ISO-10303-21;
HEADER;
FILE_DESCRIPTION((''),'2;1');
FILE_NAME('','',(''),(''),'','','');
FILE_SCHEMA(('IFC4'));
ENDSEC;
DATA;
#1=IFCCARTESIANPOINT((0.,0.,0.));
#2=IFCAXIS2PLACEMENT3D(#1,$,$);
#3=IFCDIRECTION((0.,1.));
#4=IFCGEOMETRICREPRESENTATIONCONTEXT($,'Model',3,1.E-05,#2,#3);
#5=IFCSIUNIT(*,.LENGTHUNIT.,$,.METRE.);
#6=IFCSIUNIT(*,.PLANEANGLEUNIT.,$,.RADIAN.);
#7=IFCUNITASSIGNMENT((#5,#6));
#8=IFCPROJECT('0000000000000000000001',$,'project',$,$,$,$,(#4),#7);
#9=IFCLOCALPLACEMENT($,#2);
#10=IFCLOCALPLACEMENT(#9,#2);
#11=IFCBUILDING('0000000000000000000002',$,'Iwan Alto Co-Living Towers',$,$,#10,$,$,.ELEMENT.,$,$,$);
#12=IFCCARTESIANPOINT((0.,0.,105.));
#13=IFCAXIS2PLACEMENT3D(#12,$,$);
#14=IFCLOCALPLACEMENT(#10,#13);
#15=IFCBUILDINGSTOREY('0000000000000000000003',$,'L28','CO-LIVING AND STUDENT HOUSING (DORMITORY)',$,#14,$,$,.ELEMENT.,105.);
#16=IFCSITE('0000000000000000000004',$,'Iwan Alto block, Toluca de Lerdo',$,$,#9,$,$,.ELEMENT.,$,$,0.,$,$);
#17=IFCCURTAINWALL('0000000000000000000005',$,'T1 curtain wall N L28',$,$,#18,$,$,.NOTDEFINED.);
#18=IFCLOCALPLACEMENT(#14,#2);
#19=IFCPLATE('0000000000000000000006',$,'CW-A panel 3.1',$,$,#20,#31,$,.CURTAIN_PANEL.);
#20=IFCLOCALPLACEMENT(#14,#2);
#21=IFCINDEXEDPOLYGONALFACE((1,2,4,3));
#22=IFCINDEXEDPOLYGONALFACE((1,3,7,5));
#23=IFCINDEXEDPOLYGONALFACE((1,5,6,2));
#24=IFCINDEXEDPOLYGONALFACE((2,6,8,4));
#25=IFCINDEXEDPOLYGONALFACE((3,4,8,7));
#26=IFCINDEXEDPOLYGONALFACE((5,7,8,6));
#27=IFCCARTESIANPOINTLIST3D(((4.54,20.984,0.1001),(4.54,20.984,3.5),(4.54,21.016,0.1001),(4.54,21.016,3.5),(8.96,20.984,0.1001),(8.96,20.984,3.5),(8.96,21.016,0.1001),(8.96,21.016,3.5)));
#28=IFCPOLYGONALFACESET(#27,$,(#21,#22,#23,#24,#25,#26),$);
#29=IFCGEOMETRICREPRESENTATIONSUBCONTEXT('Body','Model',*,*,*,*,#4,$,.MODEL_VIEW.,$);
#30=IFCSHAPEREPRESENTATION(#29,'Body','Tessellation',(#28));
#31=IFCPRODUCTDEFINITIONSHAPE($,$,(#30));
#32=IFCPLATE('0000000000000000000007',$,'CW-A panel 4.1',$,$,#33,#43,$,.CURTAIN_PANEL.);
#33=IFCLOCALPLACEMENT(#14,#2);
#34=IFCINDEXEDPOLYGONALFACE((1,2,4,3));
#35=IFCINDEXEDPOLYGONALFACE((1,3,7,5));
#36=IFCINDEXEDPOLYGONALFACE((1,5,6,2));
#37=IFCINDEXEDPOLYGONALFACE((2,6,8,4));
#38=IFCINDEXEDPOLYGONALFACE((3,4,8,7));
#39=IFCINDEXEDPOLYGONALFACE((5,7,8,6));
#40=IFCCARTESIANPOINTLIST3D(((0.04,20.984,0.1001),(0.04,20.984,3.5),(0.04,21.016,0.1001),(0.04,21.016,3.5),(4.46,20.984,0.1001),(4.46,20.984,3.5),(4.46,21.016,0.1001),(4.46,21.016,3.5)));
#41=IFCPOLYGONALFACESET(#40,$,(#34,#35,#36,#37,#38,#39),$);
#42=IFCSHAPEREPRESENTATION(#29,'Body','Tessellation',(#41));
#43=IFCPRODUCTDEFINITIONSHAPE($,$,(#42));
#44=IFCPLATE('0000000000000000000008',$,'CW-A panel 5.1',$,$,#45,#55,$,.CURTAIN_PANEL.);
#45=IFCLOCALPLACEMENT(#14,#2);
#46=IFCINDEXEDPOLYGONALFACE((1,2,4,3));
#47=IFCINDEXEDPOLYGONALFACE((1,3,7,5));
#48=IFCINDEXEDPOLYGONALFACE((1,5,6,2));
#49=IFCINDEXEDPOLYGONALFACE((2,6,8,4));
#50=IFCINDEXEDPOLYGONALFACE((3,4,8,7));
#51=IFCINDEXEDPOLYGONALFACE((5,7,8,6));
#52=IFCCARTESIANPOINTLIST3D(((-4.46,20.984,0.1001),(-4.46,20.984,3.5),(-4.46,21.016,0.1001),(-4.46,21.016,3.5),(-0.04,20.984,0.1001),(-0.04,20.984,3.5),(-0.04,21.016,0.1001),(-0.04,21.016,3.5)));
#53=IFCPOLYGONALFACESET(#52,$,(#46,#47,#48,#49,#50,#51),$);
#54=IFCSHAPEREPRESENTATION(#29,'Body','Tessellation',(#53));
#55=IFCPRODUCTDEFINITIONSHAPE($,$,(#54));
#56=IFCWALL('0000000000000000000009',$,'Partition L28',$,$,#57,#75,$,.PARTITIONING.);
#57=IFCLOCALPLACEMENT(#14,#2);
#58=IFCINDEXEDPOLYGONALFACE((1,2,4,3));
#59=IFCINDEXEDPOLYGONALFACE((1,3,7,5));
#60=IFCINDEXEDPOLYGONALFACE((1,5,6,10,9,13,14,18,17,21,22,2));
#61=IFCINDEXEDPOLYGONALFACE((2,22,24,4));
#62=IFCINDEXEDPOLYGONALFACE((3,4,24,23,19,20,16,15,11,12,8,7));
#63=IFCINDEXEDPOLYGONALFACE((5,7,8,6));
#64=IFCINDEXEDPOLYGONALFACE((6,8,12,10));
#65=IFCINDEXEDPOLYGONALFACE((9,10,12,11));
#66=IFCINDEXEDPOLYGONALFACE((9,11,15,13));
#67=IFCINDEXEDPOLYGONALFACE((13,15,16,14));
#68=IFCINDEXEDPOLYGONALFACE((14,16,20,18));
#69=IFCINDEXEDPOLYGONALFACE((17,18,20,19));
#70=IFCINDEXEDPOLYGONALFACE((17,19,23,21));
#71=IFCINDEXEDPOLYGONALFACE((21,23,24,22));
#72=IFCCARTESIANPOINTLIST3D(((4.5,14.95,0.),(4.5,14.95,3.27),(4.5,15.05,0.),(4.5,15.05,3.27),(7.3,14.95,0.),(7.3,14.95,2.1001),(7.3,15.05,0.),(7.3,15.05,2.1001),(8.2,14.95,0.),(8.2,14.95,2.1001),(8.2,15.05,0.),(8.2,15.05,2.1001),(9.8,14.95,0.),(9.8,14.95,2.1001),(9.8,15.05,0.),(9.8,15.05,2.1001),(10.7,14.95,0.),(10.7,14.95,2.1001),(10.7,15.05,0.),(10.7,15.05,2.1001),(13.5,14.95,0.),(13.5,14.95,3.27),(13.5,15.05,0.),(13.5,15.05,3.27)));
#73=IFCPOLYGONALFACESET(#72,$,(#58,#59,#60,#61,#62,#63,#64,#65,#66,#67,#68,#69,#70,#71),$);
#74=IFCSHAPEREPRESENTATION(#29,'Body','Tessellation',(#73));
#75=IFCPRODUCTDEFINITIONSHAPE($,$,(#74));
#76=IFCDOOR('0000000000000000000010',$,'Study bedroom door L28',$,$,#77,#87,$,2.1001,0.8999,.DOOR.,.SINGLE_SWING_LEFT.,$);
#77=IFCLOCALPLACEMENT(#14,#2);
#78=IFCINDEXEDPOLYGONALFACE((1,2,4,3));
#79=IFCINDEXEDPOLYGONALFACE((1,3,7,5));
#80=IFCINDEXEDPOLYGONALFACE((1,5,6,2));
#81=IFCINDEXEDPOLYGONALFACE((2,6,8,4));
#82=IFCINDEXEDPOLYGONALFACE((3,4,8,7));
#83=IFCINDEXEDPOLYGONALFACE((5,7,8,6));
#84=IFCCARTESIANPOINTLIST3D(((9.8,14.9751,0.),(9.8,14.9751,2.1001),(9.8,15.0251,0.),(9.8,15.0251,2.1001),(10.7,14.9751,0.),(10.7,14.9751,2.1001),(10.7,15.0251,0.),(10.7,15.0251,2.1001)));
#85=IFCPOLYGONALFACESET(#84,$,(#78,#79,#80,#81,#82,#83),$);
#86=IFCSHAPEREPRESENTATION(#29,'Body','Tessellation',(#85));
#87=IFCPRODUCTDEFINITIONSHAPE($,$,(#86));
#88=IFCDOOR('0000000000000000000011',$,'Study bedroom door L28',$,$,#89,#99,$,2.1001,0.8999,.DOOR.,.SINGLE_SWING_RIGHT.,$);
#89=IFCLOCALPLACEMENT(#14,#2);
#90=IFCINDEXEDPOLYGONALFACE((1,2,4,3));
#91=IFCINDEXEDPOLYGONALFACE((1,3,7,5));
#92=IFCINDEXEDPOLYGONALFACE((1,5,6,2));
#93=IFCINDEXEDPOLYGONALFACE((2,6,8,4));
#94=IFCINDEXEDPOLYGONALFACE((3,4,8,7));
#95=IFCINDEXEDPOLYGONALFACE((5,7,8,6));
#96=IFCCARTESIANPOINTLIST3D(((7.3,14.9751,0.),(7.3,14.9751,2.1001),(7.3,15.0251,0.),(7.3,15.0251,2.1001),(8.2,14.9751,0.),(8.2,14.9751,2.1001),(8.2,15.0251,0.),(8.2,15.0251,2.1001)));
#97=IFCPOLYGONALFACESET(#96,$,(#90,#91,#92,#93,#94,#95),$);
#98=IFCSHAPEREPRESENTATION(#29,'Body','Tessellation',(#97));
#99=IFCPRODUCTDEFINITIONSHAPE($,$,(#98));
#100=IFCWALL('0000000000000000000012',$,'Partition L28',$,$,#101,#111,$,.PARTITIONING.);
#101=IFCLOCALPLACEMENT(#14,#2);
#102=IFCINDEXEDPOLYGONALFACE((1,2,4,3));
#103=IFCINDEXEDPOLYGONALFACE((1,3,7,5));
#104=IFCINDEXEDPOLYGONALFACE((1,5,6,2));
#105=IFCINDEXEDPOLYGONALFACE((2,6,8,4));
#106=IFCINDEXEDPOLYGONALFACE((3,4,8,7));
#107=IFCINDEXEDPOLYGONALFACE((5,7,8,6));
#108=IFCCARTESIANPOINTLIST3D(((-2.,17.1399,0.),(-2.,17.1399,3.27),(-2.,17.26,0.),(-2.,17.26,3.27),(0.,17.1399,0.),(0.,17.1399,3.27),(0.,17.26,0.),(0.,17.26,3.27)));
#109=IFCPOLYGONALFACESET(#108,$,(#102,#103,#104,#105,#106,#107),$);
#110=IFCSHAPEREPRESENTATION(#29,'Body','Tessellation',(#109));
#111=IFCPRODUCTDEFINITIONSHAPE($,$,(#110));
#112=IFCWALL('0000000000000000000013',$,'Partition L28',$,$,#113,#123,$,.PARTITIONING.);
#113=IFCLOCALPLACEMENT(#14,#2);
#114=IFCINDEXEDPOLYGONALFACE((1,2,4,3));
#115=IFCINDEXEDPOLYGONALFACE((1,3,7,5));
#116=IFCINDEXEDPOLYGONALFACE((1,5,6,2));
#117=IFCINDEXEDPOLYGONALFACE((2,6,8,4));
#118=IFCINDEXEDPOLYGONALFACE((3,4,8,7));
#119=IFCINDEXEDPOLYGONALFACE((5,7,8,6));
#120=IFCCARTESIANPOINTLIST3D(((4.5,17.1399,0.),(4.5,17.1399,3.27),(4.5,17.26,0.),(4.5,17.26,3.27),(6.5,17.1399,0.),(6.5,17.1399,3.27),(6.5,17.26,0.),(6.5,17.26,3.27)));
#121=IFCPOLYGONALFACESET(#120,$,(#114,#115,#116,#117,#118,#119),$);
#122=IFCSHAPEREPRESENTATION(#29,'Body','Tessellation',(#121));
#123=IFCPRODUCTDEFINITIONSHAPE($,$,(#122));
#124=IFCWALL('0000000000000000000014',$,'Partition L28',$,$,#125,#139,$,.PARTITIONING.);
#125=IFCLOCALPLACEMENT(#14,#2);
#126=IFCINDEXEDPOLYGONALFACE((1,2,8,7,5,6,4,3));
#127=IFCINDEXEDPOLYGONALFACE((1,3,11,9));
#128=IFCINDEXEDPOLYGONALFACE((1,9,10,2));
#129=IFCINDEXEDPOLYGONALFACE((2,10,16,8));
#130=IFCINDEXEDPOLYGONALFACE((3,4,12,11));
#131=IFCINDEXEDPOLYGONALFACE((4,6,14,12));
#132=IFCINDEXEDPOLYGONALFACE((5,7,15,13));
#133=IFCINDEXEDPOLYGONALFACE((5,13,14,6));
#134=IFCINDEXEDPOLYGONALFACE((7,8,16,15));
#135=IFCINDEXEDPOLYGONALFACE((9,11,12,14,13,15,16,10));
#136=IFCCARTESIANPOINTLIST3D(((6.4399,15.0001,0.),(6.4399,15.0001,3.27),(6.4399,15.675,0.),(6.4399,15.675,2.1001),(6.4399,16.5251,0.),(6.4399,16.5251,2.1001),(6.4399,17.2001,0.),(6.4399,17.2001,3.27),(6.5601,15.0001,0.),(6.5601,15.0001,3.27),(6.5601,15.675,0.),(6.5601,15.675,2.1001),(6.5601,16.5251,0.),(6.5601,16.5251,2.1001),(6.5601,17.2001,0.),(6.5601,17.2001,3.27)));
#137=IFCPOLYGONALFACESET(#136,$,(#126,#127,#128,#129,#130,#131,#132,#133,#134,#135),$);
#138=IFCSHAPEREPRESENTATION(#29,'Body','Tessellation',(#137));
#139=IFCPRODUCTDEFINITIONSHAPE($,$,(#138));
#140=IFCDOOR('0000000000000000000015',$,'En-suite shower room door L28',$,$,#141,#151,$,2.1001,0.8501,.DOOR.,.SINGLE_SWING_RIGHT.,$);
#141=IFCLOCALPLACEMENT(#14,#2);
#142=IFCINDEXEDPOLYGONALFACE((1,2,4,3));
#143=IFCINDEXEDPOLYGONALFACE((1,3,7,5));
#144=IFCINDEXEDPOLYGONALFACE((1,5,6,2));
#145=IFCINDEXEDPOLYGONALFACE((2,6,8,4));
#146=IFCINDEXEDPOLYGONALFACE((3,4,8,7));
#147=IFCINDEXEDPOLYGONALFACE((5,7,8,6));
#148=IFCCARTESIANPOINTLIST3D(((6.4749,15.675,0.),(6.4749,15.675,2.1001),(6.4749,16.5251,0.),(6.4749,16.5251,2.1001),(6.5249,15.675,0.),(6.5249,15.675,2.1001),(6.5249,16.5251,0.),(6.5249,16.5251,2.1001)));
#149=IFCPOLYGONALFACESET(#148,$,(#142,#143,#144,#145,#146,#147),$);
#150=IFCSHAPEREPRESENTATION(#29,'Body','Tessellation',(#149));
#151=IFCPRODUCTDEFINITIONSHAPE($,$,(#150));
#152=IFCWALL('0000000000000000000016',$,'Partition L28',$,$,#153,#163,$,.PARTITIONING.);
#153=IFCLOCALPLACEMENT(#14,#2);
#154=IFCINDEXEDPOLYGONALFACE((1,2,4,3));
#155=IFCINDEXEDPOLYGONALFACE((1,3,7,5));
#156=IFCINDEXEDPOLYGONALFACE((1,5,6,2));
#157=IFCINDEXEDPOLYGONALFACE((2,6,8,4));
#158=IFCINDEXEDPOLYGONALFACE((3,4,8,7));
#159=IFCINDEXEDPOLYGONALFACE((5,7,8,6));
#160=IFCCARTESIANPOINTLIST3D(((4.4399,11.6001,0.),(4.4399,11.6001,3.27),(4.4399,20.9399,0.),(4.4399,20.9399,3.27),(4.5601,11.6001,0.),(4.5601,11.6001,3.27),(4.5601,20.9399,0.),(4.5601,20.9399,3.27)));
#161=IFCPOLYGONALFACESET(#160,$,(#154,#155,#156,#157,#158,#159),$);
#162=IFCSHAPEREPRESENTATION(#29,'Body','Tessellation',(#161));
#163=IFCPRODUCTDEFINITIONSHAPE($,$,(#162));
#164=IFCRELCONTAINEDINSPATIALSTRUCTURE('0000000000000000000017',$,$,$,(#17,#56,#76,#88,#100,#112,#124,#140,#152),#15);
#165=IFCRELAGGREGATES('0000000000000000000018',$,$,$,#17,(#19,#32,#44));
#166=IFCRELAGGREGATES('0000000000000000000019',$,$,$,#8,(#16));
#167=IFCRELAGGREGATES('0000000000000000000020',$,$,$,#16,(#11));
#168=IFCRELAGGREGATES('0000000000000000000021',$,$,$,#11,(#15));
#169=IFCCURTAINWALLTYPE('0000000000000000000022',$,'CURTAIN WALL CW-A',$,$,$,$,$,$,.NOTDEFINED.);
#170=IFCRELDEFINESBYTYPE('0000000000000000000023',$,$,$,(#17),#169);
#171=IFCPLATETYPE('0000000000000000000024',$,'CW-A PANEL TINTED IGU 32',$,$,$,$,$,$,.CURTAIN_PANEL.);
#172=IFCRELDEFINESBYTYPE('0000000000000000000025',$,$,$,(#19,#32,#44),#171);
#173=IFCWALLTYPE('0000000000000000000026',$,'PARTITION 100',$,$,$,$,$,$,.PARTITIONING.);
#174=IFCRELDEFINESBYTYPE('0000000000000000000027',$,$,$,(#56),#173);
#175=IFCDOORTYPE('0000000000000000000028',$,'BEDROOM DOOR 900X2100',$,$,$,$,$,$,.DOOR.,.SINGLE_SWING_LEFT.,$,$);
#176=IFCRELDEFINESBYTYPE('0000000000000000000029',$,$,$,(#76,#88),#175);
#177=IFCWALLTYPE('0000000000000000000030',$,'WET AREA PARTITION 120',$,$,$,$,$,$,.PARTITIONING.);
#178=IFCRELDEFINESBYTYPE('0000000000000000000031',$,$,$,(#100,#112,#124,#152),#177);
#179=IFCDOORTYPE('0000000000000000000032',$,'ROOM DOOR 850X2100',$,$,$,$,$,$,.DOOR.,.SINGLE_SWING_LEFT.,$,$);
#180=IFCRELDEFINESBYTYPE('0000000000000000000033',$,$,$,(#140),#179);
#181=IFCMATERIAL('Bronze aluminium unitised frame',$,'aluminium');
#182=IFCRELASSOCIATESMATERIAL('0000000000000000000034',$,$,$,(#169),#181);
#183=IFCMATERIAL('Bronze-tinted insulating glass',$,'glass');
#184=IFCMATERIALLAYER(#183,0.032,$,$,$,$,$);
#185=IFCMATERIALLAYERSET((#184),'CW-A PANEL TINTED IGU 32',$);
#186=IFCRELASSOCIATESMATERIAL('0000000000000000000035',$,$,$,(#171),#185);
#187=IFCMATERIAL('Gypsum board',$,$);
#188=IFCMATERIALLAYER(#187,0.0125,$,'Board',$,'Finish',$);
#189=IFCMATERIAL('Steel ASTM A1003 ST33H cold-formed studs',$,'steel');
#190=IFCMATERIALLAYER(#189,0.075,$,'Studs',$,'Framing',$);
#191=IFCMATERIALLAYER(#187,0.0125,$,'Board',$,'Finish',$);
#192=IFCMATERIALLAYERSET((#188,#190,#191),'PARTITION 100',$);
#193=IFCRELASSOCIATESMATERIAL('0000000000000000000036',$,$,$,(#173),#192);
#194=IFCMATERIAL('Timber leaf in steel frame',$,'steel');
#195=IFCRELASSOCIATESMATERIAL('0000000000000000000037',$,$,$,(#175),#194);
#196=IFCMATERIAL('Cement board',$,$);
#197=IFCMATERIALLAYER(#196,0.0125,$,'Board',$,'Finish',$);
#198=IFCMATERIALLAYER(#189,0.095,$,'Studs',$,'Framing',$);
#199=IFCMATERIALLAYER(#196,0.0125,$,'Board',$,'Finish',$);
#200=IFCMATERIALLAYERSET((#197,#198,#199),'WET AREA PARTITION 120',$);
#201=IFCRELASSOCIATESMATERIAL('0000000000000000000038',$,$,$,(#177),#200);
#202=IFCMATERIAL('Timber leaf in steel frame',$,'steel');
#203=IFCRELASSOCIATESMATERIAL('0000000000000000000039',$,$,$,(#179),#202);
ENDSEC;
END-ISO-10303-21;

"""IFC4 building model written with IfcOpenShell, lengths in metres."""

from ifc_helpers import new_model, si_unit, direction, frame, frame_2d, origin, origin_2d, place, context, subcontext, project, spatial, rectangle, extrude, material, layer, layer_set, type_object, element, fill, aggregate, save


model = new_model("IFC4")

# Units and contexts
model_context = context("Model", 3, precision=1e-05, world=origin(), true_north=direction((0.0, 1.0)))
body_context = subcontext(model_context, "Body", "Model", "MODEL_VIEW")
ifc_project = project(units=[si_unit("LENGTHUNIT", "METRE"), si_unit("PLANEANGLEUNIT", "RADIAN")], contexts=[model_context])

# Site, building, storey
site_placement = place(None, origin())
site = spatial("IfcSite", under=ifc_project, at=site_placement, Name="Iwan Alto block, Toluca de Lerdo", CompositionType="ELEMENT", RefElevation=0.0)
building_placement = place(site_placement, origin())
building = spatial("IfcBuilding", under=site, at=building_placement, Name="Iwan Alto Co-Living Towers", CompositionType="ELEMENT")
storey_placement = place(building_placement, frame((0.0, 0.0, 105.0)))
storey = spatial("IfcBuildingStorey", under=building, at=storey_placement, Name="L28", Description="CO-LIVING AND STUDENT HOUSING (DORMITORY)", CompositionType="ELEMENT", Elevation=105.0)

# Curtain wall
ifc_material_1 = material(Name="Bronze aluminium unitised frame", Category="aluminium")
curtain_wall_type = type_object("IfcCurtainWallType", Name="CURTAIN WALL CW-A", PredefinedType="NOTDEFINED", material=ifc_material_1)
curtain_wall_placement = place(storey_placement, origin())
curtain_wall = element("IfcCurtainWall", 1, at=curtain_wall_placement, inside=storey, type_object=curtain_wall_type, Name="T1 curtain wall N L28", PredefinedType="NOTDEFINED")

# Plates
ifc_material_2 = material(Name="Bronze-tinted insulating glass", Category="glass")
ifc_layer_1 = layer(ifc_material_2, 0.032)
ifc_layer_set_1 = layer_set([ifc_layer_1], Name="CW-A PANEL TINTED IGU 32")
plate_type = type_object("IfcPlateType", Name="CW-A PANEL TINTED IGU 32", PredefinedType="CURTAIN_PANEL", material=ifc_layer_set_1)
plate_1_placement = place(storey_placement, frame((6.75, 21.0, 0.1001), z_axis=(0.0, 0.0, 1.0), x_axis=(-1.0, 0.0, 0.0)))
plate_1 = element("IfcPlate", 2, at=plate_1_placement, type_object=plate_type, Name="CW-A panel 3.1", PredefinedType="CURTAIN_PANEL", context=body_context, shape_type="SweptSolid", body=[
    extrude(rectangle(XDim=4.4199, YDim=0.032, at=origin_2d()), origin(), (0.0, 0.0, 1.0), 3.3999),
])
plate_2_placement = place(storey_placement, frame((2.25, 21.0, 0.1001), z_axis=(0.0, 0.0, 1.0), x_axis=(-1.0, 0.0, 0.0)))
plate_2 = element("IfcPlate", 3, at=plate_2_placement, type_object=plate_type, Name="CW-A panel 4.1", PredefinedType="CURTAIN_PANEL", context=body_context, shape_type="SweptSolid", body=[
    extrude(rectangle(XDim=4.4199, YDim=0.032, at=origin_2d()), origin(), (0.0, 0.0, 1.0), 3.3999),
])
plate_3_placement = place(storey_placement, frame((-2.25, 21.0, 0.1001), z_axis=(0.0, 0.0, 1.0), x_axis=(-1.0, 0.0, 0.0)))
plate_3 = element("IfcPlate", 4, at=plate_3_placement, type_object=plate_type, Name="CW-A panel 5.1", PredefinedType="CURTAIN_PANEL", context=body_context, shape_type="SweptSolid", body=[
    extrude(rectangle(XDim=4.4199, YDim=0.032, at=origin_2d()), origin(), (0.0, 0.0, 1.0), 3.3999),
])
aggregate(curtain_wall, [plate_1, plate_2, plate_3])

# Wall, openings, doors
ifc_material_3 = material(Name="Gypsum board")
ifc_layer_2 = layer(ifc_material_3, 0.0125, Name="Board", Category="Finish")
ifc_material_4 = material(Name="Steel ASTM A1003 ST33H cold-formed studs", Category="steel")
ifc_layer_3 = layer(ifc_material_4, 0.075, Name="Studs", Category="Framing")
ifc_layer_4 = layer(ifc_material_3, 0.0125, Name="Board", Category="Finish")
ifc_layer_set_2 = layer_set([ifc_layer_2, ifc_layer_3, ifc_layer_4], Name="PARTITION 100")
wall_type_1 = type_object("IfcWallType", Name="PARTITION 100", PredefinedType="PARTITIONING", material=ifc_layer_set_2)
wall_1_placement = place(storey_placement, frame((4.5, 15.0, 0.0), z_axis=(0.0, 0.0, 1.0), x_axis=(1.0, 0.0, 0.0)))
wall_1 = element("IfcWall", 5, at=wall_1_placement, inside=storey, type_object=wall_type_1, Name="Partition L28", PredefinedType="PARTITIONING", context=body_context, shape_type="SweptSolid", body=[
    extrude(rectangle(XDim=9.0, YDim=0.1001, at=frame_2d((4.5, 0.0))), origin(), (0.0, 0.0, 1.0), 3.27),
])
opening_1_placement = place(wall_1_placement, frame((5.3, 0.0, 0.0)))
opening_1 = element("IfcOpeningElement", 6, at=opening_1_placement, cuts=wall_1, PredefinedType="OPENING", context=body_context, shape_type="SweptSolid", body=[
    extrude(rectangle(XDim=0.8999, YDim=2.1001, at=frame_2d((0.45, 1.05))), frame((0.0, 0.0601, 0.0), z_axis=(0.0, -1.0, 0.0), x_axis=(1.0, 0.0, 0.0)), (0.0, 0.0, 1.0), 0.1201),
])
opening_2_placement = place(wall_1_placement, frame((2.8, 0.0, 0.0)))
opening_2 = element("IfcOpeningElement", 7, at=opening_2_placement, cuts=wall_1, PredefinedType="OPENING", context=body_context, shape_type="SweptSolid", body=[
    extrude(rectangle(XDim=0.8999, YDim=2.1001, at=frame_2d((0.45, 1.05))), frame((0.0, 0.0601, 0.0), z_axis=(0.0, -1.0, 0.0), x_axis=(1.0, 0.0, 0.0)), (0.0, 0.0, 1.0), 0.1201),
])
ifc_material_5 = material(Name="Timber leaf in steel frame", Category="steel")
door_type_1 = type_object("IfcDoorType", Name="BEDROOM DOOR 900X2100", OperationType="SINGLE_SWING_LEFT", PredefinedType="DOOR", material=ifc_material_5)
door_1_placement = place(opening_1_placement, frame((0.8999, 0.0, 0.0), z_axis=(0.0, 0.0, 1.0), x_axis=(-1.0, 0.0, 0.0)))
door_1 = element("IfcDoor", 8, at=door_1_placement, inside=storey, type_object=door_type_1, Name="Study bedroom door L28", OperationType="SINGLE_SWING_LEFT", OverallHeight=2.1001, OverallWidth=0.8999, PredefinedType="DOOR", context=body_context, shape_type="SweptSolid", body=[
    extrude(rectangle(XDim=0.8999, YDim=2.1001, at=frame_2d((0.45, 1.05))), frame((0.0, 0.0249, 0.0), z_axis=(0.0, -1.0, 0.0), x_axis=(1.0, 0.0, 0.0)), (0.0, 0.0, 1.0), 0.05),
])
fill(opening_1, door_1)
door_2_placement = place(opening_2_placement, frame((0.8999, 0.0, 0.0), z_axis=(0.0, 0.0, 1.0), x_axis=(-1.0, 0.0, 0.0)))
door_2 = element("IfcDoor", 9, at=door_2_placement, inside=storey, type_object=door_type_1, Name="Study bedroom door L28", OperationType="SINGLE_SWING_RIGHT", OverallHeight=2.1001, OverallWidth=0.8999, PredefinedType="DOOR", context=body_context, shape_type="SweptSolid", body=[
    extrude(rectangle(XDim=0.8999, YDim=2.1001, at=frame_2d((0.45, 1.05))), frame((0.0, 0.0249, 0.0), z_axis=(0.0, -1.0, 0.0), x_axis=(1.0, 0.0, 0.0)), (0.0, 0.0, 1.0), 0.05),
])
fill(opening_2, door_2)

# Walls
ifc_material_6 = material(Name="Cement board")
ifc_layer_5 = layer(ifc_material_6, 0.0125, Name="Board", Category="Finish")
ifc_layer_6 = layer(ifc_material_4, 0.095, Name="Studs", Category="Framing")
ifc_layer_7 = layer(ifc_material_6, 0.0125, Name="Board", Category="Finish")
ifc_layer_set_3 = layer_set([ifc_layer_5, ifc_layer_6, ifc_layer_7], Name="WET AREA PARTITION 120")
wall_type_2 = type_object("IfcWallType", Name="WET AREA PARTITION 120", PredefinedType="PARTITIONING", material=ifc_layer_set_3)
for number, where, z_axis, x_axis, name in (
    (10, (-2.0, 17.2, 0.0), (0.0, 0.0, 1.0), (1.0, 0.0, 0.0), "Partition L28"),
    (11, (4.5, 17.2, 0.0), (0.0, 0.0, 1.0), (1.0, 0.0, 0.0), "Partition L28"),
):
    element("IfcWall", number, at=place(storey_placement, frame(where, z_axis=z_axis, x_axis=x_axis)), inside=storey, type_object=wall_type_2, Name=name, PredefinedType="PARTITIONING", context=body_context, shape_type="SweptSolid", body=[
        extrude(rectangle(XDim=2.0, YDim=0.1201, at=frame_2d((1.0, 0.0))), origin(), (0.0, 0.0, 1.0), 3.27),
    ])

# Wall, opening, door
wall_2_placement = place(storey_placement, frame((6.5, 15.0, 0.0), z_axis=(0.0, 0.0, 1.0), x_axis=(0.0, 1.0, 0.0)))
wall_2 = element("IfcWall", 12, at=wall_2_placement, inside=storey, type_object=wall_type_2, Name="Partition L28", PredefinedType="PARTITIONING", context=body_context, shape_type="SweptSolid", body=[
    extrude(rectangle(XDim=2.2, YDim=0.1201, at=frame_2d((1.1001, 0.0))), origin(), (0.0, 0.0, 1.0), 3.27),
])
opening_3_placement = place(wall_2_placement, frame((0.675, 0.0, 0.0)))
opening_3 = element("IfcOpeningElement", 13, at=opening_3_placement, cuts=wall_2, PredefinedType="OPENING", context=body_context, shape_type="SweptSolid", body=[
    extrude(rectangle(XDim=0.8501, YDim=2.1001, at=frame_2d((0.425, 1.05))), frame((0.0, 0.0701, 0.0), z_axis=(0.0, -1.0, 0.0), x_axis=(1.0, 0.0, 0.0)), (0.0, 0.0, 1.0), 0.1401),
])
ifc_material_7 = material(Name="Timber leaf in steel frame", Category="steel")
door_type_2 = type_object("IfcDoorType", Name="ROOM DOOR 850X2100", OperationType="SINGLE_SWING_LEFT", PredefinedType="DOOR", material=ifc_material_7)
door_3_placement = place(opening_3_placement, frame((0.8501, 0.0, 0.0), z_axis=(0.0, 0.0, 1.0), x_axis=(-1.0, 0.0, 0.0)))
door_3 = element("IfcDoor", 14, at=door_3_placement, inside=storey, type_object=door_type_2, Name="En-suite shower room door L28", OperationType="SINGLE_SWING_RIGHT", OverallHeight=2.1001, OverallWidth=0.8501, PredefinedType="DOOR", context=body_context, shape_type="SweptSolid", body=[
    extrude(rectangle(XDim=0.8501, YDim=2.1001, at=frame_2d((0.425, 1.05))), frame((0.0, 0.0249, 0.0), z_axis=(0.0, -1.0, 0.0), x_axis=(1.0, 0.0, 0.0)), (0.0, 0.0, 1.0), 0.05),
])
fill(opening_3, door_3)

# Wall
wall_3_placement = place(storey_placement, frame((4.5, 11.6001, 0.0), z_axis=(0.0, 0.0, 1.0), x_axis=(0.0, 1.0, 0.0)))
element("IfcWall", 15, at=wall_3_placement, inside=storey, type_object=wall_type_2, Name="Partition L28", PredefinedType="PARTITIONING", context=body_context, shape_type="SweptSolid", body=[
    extrude(rectangle(XDim=9.3398, YDim=0.1201, at=frame_2d((4.6699, 0.0))), origin(), (0.0, 0.0, 1.0), 3.27),
])

save(model, "model.ifc")
